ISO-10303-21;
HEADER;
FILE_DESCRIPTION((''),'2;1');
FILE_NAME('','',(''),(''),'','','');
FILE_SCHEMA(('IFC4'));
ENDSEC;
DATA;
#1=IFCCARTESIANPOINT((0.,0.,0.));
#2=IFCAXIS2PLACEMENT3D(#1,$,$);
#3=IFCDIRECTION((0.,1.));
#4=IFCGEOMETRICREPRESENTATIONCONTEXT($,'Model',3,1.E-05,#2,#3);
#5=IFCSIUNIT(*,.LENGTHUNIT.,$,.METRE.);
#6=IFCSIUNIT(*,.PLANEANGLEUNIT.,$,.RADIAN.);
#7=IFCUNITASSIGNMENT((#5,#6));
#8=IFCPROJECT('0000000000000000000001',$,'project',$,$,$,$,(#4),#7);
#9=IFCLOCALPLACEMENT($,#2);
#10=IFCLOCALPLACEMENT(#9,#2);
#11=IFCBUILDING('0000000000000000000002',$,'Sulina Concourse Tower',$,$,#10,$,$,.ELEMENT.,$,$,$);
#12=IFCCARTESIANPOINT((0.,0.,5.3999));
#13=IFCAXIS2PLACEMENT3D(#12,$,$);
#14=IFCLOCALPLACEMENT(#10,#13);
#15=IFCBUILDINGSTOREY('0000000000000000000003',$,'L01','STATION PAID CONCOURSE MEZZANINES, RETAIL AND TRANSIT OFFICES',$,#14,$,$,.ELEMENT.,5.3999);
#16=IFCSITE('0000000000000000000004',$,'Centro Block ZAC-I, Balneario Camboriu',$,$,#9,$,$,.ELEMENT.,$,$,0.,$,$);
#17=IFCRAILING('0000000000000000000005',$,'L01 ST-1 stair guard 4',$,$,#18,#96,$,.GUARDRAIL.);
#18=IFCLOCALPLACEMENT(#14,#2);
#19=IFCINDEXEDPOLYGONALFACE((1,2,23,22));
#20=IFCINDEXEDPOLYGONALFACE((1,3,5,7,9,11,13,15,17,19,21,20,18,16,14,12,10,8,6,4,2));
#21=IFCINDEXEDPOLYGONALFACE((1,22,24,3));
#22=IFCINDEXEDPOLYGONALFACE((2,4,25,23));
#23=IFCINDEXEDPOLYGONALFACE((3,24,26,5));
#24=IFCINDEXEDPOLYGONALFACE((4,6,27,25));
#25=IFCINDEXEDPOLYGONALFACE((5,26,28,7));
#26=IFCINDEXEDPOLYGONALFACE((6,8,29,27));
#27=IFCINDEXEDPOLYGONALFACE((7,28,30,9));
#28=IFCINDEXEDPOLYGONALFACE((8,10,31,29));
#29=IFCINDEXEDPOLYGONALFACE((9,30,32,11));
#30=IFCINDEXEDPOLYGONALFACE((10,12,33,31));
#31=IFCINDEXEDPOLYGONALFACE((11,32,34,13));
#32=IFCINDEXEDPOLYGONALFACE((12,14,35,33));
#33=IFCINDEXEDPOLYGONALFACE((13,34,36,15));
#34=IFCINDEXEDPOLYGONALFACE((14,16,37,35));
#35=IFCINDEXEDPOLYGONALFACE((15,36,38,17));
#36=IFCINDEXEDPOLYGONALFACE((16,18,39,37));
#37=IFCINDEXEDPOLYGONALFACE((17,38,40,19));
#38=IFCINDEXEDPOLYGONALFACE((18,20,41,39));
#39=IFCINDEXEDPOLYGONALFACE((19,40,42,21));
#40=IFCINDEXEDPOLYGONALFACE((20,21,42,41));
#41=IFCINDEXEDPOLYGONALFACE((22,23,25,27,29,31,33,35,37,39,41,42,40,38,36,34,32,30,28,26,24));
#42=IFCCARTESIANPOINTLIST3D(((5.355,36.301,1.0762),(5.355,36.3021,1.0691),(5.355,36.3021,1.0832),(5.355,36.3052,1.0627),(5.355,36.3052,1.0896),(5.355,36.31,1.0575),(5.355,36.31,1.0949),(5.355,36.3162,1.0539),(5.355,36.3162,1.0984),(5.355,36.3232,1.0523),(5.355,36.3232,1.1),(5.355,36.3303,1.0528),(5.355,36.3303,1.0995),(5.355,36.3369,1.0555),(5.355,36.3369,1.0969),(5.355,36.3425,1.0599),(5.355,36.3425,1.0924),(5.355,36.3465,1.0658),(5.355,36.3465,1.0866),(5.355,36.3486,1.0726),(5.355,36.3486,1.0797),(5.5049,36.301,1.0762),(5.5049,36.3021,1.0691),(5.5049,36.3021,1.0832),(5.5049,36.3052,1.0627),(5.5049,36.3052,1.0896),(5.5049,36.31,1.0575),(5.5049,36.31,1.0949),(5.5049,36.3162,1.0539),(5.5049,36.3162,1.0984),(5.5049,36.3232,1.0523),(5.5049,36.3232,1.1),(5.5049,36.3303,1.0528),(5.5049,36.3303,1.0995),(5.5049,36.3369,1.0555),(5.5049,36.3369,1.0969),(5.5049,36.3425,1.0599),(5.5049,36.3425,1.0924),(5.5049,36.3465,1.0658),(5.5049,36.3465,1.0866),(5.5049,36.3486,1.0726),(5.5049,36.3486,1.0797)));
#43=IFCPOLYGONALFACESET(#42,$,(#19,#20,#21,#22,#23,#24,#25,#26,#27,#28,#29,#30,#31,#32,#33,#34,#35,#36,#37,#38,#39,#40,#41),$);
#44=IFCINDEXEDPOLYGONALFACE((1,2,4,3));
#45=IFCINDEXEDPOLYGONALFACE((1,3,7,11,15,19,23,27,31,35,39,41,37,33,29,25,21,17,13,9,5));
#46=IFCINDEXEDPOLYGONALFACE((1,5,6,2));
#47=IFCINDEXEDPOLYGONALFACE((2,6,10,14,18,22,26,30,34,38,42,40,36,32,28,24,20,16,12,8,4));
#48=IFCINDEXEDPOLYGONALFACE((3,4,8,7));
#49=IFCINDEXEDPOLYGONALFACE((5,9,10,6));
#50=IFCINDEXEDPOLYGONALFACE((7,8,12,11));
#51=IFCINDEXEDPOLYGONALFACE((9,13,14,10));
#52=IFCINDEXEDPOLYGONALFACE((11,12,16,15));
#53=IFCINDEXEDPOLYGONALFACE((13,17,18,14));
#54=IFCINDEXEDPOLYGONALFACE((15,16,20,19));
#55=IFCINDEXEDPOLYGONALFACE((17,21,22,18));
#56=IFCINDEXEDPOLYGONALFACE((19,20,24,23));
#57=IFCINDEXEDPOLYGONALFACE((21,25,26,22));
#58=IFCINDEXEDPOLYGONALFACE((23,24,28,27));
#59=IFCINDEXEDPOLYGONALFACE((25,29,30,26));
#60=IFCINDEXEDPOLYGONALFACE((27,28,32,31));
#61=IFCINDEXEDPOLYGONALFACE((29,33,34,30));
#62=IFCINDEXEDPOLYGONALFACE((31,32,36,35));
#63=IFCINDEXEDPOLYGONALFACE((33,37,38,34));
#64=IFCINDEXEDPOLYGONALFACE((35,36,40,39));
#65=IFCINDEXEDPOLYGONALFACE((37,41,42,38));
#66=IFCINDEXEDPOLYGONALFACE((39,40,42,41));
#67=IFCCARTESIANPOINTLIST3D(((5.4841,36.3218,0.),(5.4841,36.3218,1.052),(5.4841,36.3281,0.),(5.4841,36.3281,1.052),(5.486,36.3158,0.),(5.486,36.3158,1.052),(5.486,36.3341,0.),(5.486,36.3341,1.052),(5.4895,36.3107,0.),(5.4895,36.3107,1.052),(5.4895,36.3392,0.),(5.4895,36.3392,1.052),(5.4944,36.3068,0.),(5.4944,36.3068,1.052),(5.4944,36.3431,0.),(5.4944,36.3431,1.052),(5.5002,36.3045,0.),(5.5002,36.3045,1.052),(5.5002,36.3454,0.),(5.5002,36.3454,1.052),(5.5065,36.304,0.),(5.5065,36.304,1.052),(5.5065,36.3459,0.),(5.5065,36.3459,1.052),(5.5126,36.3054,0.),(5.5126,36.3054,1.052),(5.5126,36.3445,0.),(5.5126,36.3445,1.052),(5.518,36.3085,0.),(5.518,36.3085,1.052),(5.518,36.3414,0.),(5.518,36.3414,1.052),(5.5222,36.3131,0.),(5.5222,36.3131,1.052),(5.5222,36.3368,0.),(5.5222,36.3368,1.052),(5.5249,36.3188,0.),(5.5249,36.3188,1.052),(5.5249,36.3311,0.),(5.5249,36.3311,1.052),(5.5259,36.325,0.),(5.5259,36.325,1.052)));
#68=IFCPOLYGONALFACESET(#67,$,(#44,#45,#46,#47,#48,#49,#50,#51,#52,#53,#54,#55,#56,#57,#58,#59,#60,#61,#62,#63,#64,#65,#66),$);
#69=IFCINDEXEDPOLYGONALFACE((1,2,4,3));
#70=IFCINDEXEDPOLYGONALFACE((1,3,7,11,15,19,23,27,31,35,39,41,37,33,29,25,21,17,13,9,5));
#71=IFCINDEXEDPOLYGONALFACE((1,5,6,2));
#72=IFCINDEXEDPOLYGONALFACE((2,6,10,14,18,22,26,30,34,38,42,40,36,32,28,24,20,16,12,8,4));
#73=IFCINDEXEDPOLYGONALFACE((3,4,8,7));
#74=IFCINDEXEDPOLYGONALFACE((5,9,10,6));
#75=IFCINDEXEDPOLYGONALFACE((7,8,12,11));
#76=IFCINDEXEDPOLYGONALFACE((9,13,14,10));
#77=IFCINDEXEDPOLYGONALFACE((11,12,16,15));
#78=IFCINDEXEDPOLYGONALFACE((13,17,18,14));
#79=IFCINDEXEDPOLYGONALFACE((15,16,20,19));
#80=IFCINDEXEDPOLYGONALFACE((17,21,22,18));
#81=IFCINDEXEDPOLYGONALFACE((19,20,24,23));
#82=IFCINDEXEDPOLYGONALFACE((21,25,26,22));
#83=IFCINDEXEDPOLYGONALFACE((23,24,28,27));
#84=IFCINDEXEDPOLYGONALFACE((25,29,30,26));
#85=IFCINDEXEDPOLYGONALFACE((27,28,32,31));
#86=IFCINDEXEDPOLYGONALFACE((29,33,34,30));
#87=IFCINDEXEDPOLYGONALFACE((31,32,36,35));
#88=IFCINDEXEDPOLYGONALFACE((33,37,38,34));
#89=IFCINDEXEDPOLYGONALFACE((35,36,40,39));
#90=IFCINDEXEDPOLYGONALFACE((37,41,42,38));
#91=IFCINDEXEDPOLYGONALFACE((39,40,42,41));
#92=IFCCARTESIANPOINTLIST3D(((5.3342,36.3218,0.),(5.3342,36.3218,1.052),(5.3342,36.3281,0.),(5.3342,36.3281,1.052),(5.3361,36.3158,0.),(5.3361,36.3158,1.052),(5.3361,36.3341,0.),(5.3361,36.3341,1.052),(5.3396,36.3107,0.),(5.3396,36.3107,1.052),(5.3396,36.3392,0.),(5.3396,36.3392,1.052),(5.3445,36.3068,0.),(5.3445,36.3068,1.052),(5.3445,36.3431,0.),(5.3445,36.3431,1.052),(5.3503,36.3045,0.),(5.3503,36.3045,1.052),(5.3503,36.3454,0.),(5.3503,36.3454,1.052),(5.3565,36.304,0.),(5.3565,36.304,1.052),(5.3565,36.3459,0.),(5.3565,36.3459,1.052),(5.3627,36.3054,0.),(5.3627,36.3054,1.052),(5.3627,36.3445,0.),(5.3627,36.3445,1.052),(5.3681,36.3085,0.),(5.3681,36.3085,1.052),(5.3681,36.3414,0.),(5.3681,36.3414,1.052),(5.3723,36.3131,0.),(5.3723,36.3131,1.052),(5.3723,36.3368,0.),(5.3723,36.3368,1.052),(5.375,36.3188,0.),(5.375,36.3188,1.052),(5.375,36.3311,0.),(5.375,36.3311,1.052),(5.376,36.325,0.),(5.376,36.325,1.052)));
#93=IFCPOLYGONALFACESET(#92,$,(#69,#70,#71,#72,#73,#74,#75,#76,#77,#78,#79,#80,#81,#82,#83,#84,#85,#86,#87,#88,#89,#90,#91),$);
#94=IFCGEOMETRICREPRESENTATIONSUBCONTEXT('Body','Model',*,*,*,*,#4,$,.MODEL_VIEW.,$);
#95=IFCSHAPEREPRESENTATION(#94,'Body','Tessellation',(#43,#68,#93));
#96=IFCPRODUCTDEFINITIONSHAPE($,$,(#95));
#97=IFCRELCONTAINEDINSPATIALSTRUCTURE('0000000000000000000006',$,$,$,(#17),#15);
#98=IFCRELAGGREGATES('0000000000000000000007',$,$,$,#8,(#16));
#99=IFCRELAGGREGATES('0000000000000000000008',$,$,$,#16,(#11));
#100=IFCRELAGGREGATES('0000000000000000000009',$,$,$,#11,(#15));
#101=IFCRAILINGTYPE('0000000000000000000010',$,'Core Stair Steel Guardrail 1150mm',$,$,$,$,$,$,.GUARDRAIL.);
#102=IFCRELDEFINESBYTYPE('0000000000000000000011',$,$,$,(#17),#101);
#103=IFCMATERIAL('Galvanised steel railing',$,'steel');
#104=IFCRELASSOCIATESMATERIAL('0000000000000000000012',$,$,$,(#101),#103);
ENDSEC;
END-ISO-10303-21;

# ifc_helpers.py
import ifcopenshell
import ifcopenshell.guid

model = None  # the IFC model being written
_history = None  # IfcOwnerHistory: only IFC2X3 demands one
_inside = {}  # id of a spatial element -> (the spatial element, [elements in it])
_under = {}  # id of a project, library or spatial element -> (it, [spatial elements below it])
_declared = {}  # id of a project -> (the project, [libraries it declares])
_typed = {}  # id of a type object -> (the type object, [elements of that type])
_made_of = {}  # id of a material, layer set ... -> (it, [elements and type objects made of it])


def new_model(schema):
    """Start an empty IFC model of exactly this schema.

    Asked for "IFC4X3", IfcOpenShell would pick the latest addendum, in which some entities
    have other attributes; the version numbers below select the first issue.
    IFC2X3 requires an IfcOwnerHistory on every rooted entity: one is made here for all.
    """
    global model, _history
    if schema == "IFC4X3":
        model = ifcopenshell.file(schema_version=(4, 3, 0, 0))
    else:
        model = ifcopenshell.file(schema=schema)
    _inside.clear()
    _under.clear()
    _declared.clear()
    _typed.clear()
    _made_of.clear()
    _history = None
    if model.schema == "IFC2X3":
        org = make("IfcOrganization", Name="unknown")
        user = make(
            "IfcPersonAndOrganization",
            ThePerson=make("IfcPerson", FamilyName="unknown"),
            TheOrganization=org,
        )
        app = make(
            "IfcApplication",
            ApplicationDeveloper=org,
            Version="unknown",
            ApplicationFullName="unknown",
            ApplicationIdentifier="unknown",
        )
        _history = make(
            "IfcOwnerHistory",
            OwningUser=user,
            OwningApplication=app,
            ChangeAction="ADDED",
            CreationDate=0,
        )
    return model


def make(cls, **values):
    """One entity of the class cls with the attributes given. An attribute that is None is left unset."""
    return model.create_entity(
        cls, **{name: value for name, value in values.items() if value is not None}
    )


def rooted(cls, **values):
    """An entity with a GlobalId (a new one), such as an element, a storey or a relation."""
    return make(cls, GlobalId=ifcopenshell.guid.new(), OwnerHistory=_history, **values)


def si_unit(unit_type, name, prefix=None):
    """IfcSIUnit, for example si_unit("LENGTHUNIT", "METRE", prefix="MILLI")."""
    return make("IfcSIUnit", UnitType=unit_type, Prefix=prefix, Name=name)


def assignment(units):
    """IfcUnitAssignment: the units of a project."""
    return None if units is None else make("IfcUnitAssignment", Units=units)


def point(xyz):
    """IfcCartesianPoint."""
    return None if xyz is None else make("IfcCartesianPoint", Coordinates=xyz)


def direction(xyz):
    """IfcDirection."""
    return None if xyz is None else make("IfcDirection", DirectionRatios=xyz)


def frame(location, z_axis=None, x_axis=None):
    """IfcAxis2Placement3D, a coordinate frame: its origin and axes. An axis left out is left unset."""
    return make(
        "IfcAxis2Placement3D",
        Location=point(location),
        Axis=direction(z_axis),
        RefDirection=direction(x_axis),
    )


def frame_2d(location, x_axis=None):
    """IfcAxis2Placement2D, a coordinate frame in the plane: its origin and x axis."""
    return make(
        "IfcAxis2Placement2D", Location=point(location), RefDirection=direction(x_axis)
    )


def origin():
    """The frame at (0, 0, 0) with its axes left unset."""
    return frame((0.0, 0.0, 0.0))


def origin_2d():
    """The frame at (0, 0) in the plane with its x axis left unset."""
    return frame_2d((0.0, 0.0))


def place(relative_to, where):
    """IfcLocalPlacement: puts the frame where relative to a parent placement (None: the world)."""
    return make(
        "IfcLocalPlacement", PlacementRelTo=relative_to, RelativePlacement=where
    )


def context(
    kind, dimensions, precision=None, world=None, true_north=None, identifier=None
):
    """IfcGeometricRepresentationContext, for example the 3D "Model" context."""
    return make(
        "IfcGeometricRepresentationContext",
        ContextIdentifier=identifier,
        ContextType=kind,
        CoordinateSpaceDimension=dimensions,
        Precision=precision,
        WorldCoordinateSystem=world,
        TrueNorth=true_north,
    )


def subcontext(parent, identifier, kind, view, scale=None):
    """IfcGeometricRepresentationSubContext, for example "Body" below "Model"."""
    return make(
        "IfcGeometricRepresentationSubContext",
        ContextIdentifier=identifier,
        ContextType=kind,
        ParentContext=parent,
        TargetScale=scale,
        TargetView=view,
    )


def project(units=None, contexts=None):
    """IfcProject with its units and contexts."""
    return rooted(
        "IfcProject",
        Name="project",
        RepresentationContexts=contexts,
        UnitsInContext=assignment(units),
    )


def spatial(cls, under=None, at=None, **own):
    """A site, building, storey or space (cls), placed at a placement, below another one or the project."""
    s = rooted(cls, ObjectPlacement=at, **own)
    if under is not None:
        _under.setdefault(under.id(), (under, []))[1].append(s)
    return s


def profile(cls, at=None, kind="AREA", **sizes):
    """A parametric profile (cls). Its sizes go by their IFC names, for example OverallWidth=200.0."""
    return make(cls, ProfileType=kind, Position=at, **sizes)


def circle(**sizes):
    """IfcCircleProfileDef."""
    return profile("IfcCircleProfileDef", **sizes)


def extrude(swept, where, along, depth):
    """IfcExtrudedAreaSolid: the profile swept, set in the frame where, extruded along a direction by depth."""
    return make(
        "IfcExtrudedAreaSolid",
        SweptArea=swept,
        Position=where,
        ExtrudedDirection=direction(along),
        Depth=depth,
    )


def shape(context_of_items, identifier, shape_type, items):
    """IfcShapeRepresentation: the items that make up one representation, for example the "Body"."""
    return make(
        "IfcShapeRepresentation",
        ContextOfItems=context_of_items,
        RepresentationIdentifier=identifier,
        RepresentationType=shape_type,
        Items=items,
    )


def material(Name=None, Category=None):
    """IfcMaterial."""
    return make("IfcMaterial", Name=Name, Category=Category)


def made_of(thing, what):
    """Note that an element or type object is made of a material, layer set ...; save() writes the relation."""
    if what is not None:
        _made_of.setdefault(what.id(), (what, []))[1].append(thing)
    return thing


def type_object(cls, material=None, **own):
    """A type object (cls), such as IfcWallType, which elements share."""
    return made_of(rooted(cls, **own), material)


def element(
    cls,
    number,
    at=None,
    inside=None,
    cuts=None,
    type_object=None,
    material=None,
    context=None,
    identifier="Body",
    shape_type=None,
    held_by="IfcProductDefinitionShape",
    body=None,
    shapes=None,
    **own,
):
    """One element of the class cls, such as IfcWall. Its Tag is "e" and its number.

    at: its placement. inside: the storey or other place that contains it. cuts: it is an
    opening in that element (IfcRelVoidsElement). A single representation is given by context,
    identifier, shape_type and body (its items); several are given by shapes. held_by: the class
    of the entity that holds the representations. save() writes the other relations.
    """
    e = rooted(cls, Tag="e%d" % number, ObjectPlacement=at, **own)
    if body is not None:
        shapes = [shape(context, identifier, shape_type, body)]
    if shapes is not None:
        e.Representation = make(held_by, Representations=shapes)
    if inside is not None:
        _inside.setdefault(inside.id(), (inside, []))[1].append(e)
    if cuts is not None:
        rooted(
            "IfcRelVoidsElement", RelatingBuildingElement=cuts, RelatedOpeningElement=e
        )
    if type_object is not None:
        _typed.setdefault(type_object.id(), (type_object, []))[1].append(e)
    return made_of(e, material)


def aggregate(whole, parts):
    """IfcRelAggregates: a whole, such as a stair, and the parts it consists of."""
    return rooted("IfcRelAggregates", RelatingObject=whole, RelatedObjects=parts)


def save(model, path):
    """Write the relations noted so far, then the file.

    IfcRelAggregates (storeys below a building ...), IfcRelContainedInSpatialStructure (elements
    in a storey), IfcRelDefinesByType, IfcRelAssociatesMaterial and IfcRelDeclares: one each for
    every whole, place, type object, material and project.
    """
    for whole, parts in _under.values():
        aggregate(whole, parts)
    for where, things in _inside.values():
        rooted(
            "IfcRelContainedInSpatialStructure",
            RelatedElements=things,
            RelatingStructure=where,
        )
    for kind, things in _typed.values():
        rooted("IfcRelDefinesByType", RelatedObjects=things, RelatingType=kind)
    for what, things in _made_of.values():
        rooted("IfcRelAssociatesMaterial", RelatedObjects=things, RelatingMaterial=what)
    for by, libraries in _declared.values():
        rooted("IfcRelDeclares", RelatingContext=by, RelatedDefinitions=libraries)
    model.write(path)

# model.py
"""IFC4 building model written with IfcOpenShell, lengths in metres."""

from ifc_helpers import new_model, si_unit, direction, frame, origin, origin_2d, place, context, subcontext, project, spatial, circle, extrude, material, type_object, element, save


model = new_model("IFC4")

# Units and contexts
model_context = context("Model", 3, precision=1e-05, world=origin(), true_north=direction((0.0, 1.0)))
body_context = subcontext(model_context, "Body", "Model", "MODEL_VIEW")
ifc_project = project(units=[si_unit("LENGTHUNIT", "METRE"), si_unit("PLANEANGLEUNIT", "RADIAN")], contexts=[model_context])

# Site, building, storey
site_placement = place(None, origin())
site = spatial("IfcSite", under=ifc_project, at=site_placement, Name="Centro Block ZAC-I, Balneario Camboriu", CompositionType="ELEMENT", RefElevation=0.0)
building_placement = place(site_placement, origin())
building = spatial("IfcBuilding", under=site, at=building_placement, Name="Sulina Concourse Tower", CompositionType="ELEMENT")
storey_placement = place(building_placement, frame((0.0, 0.0, 5.3999)))
storey = spatial("IfcBuildingStorey", under=building, at=storey_placement, Name="L01", Description="STATION PAID CONCOURSE MEZZANINES, RETAIL AND TRANSIT OFFICES", CompositionType="ELEMENT", Elevation=5.3999)

# Railing
ifc_material_1 = material(Name="Galvanised steel railing", Category="steel")
railing_type_1 = type_object("IfcRailingType", Name="Core Stair Steel Guardrail 1150mm", PredefinedType="GUARDRAIL", material=ifc_material_1)
railing_1_placement = place(storey_placement, frame((5.5049, 36.325, 0.0)))
element("IfcRailing", 1, at=railing_1_placement, inside=storey, type_object=railing_type_1, Name="L01 ST-1 stair guard 4", PredefinedType="GUARDRAIL", context=body_context, shape_type="SweptSolid", body=[
    extrude(circle(Radius=0.0239, at=origin_2d()), frame((0.0, 0.0, 1.0762), z_axis=(-1.0, 0.0, 0.0), x_axis=(0.0, -1.0, 0.0)), (0.0, 0.0, 1.0), 0.1499),
    extrude(circle(Radius=0.021, at=origin_2d()), origin(), (0.0, 0.0, 1.0), 1.052),
    extrude(circle(Radius=0.021, at=origin_2d()), frame((-0.1499, 0.0, 0.0)), (0.0, 0.0, 1.0), 1.052),
])

save(model, "model.ifc")
